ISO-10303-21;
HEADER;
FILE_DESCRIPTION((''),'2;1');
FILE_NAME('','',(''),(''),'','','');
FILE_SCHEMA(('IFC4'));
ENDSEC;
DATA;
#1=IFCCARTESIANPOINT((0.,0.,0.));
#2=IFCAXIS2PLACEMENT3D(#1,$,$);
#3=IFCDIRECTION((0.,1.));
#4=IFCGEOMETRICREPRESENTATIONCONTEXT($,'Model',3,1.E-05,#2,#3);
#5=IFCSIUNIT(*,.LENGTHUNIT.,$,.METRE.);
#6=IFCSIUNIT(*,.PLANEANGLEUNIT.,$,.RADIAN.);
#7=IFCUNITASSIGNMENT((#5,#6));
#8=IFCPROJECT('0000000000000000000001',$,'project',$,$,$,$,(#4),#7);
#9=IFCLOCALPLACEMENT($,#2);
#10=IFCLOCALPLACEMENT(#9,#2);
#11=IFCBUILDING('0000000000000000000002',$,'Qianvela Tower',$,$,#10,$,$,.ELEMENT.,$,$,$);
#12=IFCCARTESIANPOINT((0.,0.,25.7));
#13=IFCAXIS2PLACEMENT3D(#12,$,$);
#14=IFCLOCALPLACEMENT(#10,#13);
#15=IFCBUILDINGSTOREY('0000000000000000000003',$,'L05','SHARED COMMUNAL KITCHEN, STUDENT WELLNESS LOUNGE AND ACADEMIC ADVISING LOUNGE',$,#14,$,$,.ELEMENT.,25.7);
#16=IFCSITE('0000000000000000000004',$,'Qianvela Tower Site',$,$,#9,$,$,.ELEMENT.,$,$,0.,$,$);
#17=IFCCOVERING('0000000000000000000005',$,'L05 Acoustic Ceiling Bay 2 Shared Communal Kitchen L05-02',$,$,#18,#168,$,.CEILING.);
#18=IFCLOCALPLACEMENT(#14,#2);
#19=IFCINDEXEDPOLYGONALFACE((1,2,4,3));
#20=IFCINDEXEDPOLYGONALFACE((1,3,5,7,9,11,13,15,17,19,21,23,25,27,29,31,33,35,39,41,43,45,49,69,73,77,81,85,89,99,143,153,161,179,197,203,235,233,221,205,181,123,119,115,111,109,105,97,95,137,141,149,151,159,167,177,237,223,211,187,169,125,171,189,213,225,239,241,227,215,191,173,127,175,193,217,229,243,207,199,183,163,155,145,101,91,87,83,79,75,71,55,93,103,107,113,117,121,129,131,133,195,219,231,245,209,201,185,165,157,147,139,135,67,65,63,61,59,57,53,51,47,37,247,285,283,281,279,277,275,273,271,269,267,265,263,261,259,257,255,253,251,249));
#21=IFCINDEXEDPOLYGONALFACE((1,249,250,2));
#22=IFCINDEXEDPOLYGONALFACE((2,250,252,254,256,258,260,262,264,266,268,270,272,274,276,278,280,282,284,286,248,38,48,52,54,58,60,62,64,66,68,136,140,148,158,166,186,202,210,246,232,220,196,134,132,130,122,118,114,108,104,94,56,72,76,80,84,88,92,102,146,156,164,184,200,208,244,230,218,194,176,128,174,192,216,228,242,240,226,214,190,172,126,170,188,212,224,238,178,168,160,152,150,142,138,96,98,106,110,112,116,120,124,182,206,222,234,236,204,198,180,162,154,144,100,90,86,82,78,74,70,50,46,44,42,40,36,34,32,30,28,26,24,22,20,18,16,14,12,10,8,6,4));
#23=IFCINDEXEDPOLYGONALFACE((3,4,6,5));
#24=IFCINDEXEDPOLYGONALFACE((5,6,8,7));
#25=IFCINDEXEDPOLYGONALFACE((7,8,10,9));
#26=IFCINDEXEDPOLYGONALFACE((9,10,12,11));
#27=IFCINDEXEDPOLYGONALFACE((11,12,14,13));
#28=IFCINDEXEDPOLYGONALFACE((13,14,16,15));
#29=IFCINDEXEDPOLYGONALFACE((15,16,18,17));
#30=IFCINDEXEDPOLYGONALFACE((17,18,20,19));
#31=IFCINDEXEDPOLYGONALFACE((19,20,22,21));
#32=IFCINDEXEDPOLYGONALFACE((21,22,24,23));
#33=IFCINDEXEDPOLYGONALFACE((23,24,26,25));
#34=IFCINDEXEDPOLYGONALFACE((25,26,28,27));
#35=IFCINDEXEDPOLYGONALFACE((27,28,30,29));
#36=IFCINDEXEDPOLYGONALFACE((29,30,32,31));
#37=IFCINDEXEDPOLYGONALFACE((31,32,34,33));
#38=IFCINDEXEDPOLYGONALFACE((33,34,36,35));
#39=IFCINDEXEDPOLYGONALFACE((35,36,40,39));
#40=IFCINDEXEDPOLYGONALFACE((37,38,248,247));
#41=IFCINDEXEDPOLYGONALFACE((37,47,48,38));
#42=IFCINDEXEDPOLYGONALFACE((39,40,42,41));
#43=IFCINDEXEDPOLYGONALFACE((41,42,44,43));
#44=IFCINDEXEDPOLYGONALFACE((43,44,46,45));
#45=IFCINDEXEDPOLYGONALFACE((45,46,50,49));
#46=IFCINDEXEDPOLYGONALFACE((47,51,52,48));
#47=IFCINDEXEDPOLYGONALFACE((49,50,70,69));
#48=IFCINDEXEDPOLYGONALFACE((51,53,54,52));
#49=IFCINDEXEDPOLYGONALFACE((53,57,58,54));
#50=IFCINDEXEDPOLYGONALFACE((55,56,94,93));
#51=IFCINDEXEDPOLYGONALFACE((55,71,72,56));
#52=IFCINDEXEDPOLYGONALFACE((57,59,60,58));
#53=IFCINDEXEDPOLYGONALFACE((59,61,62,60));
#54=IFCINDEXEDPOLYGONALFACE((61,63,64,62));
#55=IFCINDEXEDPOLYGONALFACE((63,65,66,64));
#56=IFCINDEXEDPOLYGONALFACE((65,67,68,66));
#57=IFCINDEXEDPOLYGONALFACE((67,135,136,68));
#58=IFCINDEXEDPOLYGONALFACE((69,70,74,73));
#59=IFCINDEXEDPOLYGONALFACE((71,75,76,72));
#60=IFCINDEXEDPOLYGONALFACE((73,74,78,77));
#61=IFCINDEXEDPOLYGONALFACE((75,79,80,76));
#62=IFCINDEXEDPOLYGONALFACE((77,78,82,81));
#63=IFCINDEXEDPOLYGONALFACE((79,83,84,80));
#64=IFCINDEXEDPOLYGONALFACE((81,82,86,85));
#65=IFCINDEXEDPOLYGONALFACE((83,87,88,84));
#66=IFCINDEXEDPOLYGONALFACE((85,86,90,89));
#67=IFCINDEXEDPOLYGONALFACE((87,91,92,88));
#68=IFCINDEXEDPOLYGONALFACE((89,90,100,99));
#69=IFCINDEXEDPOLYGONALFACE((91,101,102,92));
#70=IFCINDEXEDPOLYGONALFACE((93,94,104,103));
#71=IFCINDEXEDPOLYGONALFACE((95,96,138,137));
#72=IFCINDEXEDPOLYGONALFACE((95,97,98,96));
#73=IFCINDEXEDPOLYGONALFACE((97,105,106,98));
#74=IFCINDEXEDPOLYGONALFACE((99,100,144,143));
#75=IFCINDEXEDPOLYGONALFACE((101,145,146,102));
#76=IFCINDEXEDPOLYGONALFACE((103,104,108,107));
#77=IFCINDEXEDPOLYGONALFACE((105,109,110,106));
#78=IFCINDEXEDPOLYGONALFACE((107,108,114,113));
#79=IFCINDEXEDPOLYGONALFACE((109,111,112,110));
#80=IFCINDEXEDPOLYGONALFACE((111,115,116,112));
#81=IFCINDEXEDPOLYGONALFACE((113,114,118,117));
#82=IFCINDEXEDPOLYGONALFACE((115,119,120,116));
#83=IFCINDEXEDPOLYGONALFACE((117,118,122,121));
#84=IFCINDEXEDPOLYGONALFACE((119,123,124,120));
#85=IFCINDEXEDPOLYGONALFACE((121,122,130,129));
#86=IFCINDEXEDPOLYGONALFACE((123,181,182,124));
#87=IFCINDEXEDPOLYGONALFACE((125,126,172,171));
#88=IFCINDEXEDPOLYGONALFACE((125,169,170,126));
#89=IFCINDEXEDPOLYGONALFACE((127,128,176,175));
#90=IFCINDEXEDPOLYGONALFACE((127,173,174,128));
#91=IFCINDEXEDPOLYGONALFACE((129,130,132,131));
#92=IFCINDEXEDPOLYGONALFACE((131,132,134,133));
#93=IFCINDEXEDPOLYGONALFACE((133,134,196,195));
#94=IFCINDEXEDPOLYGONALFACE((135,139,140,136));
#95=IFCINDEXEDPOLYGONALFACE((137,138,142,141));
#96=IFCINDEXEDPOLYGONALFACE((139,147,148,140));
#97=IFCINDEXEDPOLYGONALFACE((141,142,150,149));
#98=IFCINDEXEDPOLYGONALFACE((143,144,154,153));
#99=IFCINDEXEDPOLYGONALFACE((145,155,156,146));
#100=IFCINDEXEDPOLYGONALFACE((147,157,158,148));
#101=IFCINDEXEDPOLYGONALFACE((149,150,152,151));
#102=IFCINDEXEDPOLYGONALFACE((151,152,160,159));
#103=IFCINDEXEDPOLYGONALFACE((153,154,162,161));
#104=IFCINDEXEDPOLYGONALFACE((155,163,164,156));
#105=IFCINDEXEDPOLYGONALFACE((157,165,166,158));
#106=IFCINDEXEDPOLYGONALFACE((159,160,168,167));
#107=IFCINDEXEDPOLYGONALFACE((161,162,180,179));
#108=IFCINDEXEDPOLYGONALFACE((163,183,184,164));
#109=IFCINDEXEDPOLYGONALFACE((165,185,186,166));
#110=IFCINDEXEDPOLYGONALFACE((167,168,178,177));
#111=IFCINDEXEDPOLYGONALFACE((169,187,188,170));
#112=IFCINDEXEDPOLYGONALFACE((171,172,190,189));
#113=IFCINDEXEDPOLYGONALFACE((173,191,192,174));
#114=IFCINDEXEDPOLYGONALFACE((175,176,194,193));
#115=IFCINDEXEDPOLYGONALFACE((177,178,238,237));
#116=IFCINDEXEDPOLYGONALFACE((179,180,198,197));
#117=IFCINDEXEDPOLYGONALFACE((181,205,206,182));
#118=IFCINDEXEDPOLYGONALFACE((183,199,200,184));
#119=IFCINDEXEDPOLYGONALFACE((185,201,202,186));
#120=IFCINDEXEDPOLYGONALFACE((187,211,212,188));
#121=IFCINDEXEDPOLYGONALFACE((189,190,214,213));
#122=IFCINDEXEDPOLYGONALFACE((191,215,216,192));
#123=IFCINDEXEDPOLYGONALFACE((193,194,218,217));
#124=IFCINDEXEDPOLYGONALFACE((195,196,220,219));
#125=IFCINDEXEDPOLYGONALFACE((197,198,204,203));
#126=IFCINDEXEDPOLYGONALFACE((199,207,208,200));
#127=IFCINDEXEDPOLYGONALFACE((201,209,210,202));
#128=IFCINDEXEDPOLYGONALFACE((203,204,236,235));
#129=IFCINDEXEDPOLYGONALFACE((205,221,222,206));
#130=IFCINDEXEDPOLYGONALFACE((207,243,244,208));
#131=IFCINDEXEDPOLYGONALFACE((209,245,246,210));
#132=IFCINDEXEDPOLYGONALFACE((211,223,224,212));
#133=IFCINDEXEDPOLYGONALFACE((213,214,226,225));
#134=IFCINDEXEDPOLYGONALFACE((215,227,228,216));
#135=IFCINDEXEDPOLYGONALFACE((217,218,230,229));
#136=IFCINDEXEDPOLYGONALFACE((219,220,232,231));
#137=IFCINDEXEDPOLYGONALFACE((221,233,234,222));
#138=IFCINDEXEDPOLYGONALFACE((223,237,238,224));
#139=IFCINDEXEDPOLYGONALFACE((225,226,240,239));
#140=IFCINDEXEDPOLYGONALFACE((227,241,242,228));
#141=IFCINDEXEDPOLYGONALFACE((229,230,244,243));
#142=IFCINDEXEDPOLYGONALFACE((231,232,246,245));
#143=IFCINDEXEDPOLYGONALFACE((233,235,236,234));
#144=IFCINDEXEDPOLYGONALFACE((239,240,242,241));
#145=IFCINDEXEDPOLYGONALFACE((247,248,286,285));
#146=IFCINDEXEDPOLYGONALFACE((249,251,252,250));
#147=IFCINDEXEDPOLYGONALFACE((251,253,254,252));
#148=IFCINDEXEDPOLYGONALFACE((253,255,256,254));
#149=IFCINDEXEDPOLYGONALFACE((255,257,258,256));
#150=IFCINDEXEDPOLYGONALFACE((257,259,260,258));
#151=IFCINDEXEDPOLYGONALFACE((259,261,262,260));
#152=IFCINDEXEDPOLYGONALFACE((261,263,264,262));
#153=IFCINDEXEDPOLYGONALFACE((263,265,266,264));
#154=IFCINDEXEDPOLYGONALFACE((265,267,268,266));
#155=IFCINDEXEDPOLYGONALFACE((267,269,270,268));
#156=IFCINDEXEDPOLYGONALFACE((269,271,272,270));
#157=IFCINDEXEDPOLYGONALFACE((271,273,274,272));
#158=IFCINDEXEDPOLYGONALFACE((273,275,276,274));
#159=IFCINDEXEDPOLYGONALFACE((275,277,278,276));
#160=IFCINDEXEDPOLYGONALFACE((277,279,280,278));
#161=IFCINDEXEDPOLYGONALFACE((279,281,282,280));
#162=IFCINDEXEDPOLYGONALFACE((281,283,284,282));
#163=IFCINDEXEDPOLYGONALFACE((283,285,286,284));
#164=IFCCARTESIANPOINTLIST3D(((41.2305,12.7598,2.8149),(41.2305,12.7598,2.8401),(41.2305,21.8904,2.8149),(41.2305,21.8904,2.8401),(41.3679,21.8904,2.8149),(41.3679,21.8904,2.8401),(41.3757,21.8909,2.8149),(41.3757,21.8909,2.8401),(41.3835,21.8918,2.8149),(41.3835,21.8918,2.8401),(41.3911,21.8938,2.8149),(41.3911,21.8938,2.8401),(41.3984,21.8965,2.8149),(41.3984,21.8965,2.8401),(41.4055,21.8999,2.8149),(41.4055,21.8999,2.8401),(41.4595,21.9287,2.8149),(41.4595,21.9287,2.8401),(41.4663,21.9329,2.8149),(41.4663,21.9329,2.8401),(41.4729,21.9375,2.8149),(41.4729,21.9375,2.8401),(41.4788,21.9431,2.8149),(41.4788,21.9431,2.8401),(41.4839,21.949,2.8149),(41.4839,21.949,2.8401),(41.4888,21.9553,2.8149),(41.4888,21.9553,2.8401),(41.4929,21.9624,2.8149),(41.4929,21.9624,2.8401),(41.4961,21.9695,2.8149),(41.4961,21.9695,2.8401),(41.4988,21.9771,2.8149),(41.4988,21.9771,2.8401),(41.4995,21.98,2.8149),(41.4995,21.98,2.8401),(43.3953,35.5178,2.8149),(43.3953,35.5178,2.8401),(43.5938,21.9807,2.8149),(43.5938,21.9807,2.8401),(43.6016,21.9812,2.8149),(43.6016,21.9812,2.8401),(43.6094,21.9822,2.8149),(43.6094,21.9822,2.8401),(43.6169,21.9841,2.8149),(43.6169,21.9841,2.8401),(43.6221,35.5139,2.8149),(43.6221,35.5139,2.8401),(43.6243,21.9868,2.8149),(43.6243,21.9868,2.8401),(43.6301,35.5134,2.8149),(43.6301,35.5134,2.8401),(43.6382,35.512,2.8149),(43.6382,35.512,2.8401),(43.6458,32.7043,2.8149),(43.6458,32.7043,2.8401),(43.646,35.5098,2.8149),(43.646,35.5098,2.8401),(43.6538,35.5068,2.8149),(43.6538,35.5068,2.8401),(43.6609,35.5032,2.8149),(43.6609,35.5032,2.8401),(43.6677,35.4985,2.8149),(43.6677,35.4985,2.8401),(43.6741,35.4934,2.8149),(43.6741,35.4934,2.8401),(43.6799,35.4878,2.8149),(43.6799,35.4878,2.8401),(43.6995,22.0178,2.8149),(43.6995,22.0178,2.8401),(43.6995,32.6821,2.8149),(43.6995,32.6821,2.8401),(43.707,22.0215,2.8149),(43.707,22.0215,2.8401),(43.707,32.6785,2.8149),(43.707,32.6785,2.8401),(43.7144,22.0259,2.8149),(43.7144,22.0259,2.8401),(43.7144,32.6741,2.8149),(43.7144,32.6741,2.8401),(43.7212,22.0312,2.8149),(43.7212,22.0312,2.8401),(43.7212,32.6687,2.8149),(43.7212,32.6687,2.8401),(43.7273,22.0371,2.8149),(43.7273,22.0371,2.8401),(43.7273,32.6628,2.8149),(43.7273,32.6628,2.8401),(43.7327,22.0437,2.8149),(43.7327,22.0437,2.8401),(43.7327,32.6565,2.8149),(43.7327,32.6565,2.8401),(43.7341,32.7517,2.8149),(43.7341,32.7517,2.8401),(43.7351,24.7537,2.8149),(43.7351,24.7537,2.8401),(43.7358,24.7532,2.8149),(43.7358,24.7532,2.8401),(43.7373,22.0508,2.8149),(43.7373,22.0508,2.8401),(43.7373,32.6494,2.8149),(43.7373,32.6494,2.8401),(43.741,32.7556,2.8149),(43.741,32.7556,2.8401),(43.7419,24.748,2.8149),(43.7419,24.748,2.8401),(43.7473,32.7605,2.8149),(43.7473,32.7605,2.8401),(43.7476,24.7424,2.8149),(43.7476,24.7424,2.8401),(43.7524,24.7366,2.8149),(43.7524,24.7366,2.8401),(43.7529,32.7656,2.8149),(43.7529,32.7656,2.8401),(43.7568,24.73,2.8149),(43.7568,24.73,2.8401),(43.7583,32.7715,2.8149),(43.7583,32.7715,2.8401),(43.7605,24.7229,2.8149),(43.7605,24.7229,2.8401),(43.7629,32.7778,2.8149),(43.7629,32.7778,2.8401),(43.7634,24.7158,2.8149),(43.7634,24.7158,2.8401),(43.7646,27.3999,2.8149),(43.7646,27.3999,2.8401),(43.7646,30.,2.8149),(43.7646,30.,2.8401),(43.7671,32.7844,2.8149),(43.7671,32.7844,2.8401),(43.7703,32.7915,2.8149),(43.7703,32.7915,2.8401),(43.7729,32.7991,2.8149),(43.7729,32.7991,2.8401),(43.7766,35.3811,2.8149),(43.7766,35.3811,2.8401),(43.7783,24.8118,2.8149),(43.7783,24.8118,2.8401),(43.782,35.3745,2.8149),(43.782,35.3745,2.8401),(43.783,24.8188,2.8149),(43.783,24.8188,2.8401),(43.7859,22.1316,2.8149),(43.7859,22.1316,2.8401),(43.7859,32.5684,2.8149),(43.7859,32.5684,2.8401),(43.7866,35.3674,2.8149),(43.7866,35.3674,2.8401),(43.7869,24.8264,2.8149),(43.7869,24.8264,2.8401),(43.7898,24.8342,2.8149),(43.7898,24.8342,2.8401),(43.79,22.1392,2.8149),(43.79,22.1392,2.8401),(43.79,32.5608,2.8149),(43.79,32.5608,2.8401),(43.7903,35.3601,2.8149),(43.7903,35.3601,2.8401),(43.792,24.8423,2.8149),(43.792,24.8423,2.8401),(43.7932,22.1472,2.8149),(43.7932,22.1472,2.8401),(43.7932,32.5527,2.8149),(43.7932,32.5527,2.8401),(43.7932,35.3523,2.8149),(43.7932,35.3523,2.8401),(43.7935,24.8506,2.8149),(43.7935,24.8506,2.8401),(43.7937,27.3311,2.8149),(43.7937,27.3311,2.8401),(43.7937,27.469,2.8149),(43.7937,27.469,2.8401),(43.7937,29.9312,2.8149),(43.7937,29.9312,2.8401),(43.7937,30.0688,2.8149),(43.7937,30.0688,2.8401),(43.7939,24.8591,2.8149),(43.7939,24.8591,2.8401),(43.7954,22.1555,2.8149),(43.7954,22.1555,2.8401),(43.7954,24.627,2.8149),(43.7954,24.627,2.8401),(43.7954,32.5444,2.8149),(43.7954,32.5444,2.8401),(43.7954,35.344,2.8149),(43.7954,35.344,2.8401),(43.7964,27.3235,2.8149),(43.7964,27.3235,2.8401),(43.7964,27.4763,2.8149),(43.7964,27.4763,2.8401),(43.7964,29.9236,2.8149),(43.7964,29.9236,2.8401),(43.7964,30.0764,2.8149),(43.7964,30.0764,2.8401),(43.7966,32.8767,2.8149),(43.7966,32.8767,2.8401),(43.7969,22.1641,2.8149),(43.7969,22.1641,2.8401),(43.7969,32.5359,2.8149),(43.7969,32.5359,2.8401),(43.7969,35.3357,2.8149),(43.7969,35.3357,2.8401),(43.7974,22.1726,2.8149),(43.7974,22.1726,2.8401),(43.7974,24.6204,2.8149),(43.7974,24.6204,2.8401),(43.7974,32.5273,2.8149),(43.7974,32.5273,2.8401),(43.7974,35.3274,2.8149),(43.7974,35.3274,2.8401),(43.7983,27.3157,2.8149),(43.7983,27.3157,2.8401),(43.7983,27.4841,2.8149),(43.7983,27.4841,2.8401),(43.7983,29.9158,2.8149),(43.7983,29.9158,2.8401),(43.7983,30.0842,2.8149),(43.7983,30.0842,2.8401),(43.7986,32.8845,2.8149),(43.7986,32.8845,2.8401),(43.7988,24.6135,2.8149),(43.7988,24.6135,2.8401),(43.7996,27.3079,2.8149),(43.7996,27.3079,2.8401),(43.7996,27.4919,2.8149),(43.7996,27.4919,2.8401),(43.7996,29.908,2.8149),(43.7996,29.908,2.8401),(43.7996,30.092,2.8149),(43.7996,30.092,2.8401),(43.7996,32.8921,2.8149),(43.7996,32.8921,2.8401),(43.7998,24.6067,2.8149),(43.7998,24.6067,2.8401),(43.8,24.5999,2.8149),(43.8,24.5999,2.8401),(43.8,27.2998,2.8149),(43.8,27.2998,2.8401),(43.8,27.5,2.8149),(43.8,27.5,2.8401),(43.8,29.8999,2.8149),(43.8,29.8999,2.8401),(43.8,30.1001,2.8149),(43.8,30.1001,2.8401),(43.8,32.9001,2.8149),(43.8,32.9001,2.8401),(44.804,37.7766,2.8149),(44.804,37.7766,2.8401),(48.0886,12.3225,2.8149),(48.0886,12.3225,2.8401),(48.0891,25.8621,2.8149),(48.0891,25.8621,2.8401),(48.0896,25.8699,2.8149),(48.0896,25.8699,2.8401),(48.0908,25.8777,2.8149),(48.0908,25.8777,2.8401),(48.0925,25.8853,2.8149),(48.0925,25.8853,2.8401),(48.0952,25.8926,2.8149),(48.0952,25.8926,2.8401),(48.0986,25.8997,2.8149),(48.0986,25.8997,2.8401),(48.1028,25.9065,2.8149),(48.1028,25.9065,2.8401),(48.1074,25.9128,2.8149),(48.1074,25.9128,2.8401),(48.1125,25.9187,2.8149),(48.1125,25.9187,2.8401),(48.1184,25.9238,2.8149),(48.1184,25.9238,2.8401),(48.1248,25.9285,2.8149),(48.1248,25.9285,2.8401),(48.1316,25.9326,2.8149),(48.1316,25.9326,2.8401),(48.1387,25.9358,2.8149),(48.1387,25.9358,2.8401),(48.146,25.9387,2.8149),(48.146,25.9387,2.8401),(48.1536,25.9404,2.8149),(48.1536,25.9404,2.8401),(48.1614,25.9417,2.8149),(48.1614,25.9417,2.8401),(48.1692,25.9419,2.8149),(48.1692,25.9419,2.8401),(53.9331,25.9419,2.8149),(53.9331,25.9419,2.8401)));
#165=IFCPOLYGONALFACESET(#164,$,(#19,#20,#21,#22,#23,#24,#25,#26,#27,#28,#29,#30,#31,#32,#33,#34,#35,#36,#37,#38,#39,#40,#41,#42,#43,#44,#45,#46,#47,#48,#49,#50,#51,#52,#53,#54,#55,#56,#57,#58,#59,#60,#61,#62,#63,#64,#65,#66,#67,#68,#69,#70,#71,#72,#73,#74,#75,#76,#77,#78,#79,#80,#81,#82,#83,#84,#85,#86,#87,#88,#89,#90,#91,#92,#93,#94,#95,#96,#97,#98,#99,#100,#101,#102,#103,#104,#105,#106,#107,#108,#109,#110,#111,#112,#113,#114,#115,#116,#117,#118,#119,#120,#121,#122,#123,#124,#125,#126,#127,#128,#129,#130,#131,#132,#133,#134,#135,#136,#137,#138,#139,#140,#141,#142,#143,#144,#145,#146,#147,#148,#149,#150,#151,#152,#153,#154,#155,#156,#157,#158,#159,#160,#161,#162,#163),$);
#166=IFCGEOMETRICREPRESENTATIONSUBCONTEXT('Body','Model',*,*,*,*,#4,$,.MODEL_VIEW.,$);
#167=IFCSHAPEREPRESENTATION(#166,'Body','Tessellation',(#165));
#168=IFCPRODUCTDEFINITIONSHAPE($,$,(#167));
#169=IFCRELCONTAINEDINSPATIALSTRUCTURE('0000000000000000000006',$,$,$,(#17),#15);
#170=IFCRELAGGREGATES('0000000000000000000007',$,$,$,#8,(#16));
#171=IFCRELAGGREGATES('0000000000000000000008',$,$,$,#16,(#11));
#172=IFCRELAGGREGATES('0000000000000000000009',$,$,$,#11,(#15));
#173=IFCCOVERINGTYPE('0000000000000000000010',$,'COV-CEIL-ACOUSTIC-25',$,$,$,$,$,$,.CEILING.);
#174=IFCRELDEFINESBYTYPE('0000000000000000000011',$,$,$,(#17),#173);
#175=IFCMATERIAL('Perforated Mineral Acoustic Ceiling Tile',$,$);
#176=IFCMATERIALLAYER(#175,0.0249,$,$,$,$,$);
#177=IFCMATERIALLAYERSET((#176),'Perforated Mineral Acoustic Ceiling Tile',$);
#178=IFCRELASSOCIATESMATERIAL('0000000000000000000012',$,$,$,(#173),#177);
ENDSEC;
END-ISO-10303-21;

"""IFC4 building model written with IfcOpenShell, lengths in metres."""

from ifc_helpers import new_model, si_unit, direction, frame, origin, place, context, subcontext, project, spatial, polyline, outline, extrude, material, layer, layer_set, type_object, element, save


model = new_model("IFC4")

# Units and contexts
model_context = context("Model", 3, precision=1e-05, world=origin(), true_north=direction((0.0, 1.0)))
body_context = subcontext(model_context, "Body", "Model", "MODEL_VIEW")
ifc_project = project(units=[si_unit("LENGTHUNIT", "METRE"), si_unit("PLANEANGLEUNIT", "RADIAN")], contexts=[model_context])

# Site, building, storey
site_placement = place(None, origin())
site = spatial("IfcSite", under=ifc_project, at=site_placement, Name="Qianvela Tower Site", CompositionType="ELEMENT", RefElevation=0.0)
building_placement = place(site_placement, origin())
building = spatial("IfcBuilding", under=site, at=building_placement, Name="Qianvela Tower", CompositionType="ELEMENT")
storey_placement = place(building_placement, frame((0.0, 0.0, 25.7)))
storey = spatial("IfcBuildingStorey", under=building, at=storey_placement, Name="L05", Description="SHARED COMMUNAL KITCHEN, STUDENT WELLNESS LOUNGE AND ACADEMIC ADVISING LOUNGE", CompositionType="ELEMENT", Elevation=25.7)

# Covering
ifc_material_1 = material(Name="Perforated Mineral Acoustic Ceiling Tile")
ifc_layer_1 = layer(ifc_material_1, 0.0249)
ifc_layer_set_1 = layer_set([ifc_layer_1], Name="Perforated Mineral Acoustic Ceiling Tile")
covering_type_1 = type_object("IfcCoveringType", Name="COV-CEIL-ACOUSTIC-25", PredefinedType="CEILING", material=ifc_layer_set_1)
covering_1_placement = place(storey_placement, frame((0.0, 0.0, 2.8149)))
element("IfcCovering", 1, at=covering_1_placement, inside=storey, type_object=covering_type_1, Name="L05 Acoustic Ceiling Bay 2 Shared Communal Kitchen L05-02", PredefinedType="CEILING", context=body_context, shape_type="SweptSolid", body=[
    extrude(outline(polyline([(41.3679, 21.8904), (41.3757, 21.8909), (41.3835, 21.8918), (41.3911, 21.8938), (41.3984, 21.8965), (41.4055, 21.8999), (41.4595, 21.9287), (41.4663, 21.9329), (41.4729, 21.9375), (41.4788, 21.9431), (41.4839, 21.949), (41.4888, 21.9553), (41.4929, 21.9624), (41.4961, 21.9695), (41.4988, 21.9771), (41.4995, 21.98), (43.5938, 21.9807), (43.6016, 21.9812), (43.6094, 21.9822), (43.6169, 21.9841), (43.6243, 21.9868), (43.6995, 22.0178), (43.707, 22.0215), (43.7144, 22.0259), (43.7212, 22.0312), (43.7273, 22.0371), (43.7327, 22.0437), (43.7373, 22.0508), (43.7859, 22.1316), (43.79, 22.1392), (43.7932, 22.1472), (43.7954, 22.1555), (43.7969, 22.1641), (43.7974, 22.1726), (43.8, 24.5999), (43.7998, 24.6067), (43.7988, 24.6135), (43.7974, 24.6204), (43.7954, 24.627), (43.7634, 24.7158), (43.7605, 24.7229), (43.7568, 24.73), (43.7524, 24.7366), (43.7476, 24.7424), (43.7419, 24.748), (43.7358, 24.7532), (43.7351, 24.7537), (43.7783, 24.8118), (43.783, 24.8188), (43.7869, 24.8264), (43.7898, 24.8342), (43.792, 24.8423), (43.7935, 24.8506), (43.7939, 24.8591), (43.8, 27.2998), (43.7996, 27.3079), (43.7983, 27.3157), (43.7964, 27.3235), (43.7937, 27.3311), (43.7646, 27.3999), (43.7937, 27.469), (43.7964, 27.4763), (43.7983, 27.4841), (43.7996, 27.4919), (43.8, 27.5), (43.8, 29.8999), (43.7996, 29.908), (43.7983, 29.9158), (43.7964, 29.9236), (43.7937, 29.9312), (43.7646, 30.0), (43.7937, 30.0688), (43.7964, 30.0764), (43.7983, 30.0842), (43.7996, 30.092), (43.8, 30.1001), (43.7974, 32.5273), (43.7969, 32.5359), (43.7954, 32.5444), (43.7932, 32.5527), (43.79, 32.5608), (43.7859, 32.5684), (43.7373, 32.6494), (43.7327, 32.6565), (43.7273, 32.6628), (43.7212, 32.6687), (43.7144, 32.6741), (43.707, 32.6785), (43.6995, 32.6821), (43.6458, 32.7043), (43.7341, 32.7517), (43.741, 32.7556), (43.7473, 32.7605), (43.7529, 32.7656), (43.7583, 32.7715), (43.7629, 32.7778), (43.7671, 32.7844), (43.7703, 32.7915), (43.7729, 32.7991), (43.7966, 32.8767), (43.7986, 32.8845), (43.7996, 32.8921), (43.8, 32.9001), (43.7974, 35.3274), (43.7969, 35.3357), (43.7954, 35.344), (43.7932, 35.3523), (43.7903, 35.3601), (43.7866, 35.3674), (43.782, 35.3745), (43.7766, 35.3811), (43.6799, 35.4878), (43.6741, 35.4934), (43.6677, 35.4985), (43.6609, 35.5032), (43.6538, 35.5068), (43.646, 35.5098), (43.6382, 35.512), (43.6301, 35.5134), (43.6221, 35.5139), (43.3953, 35.5178), (44.804, 37.7766), (53.9331, 25.9419), (48.1692, 25.9419), (48.1614, 25.9417), (48.1536, 25.9404), (48.146, 25.9387), (48.1387, 25.9358), (48.1316, 25.9326), (48.1248, 25.9285), (48.1184, 25.9238), (48.1125, 25.9187), (48.1074, 25.9128), (48.1028, 25.9065), (48.0986, 25.8997), (48.0952, 25.8926), (48.0925, 25.8853), (48.0908, 25.8777), (48.0896, 25.8699), (48.0891, 25.8621), (48.0886, 12.3225), (41.2305, 12.7598), (41.2305, 21.8904), (41.3679, 21.8904)])), origin(), (0.0, 0.0, 1.0), 0.0251),
])

save(model, "model.ifc")
